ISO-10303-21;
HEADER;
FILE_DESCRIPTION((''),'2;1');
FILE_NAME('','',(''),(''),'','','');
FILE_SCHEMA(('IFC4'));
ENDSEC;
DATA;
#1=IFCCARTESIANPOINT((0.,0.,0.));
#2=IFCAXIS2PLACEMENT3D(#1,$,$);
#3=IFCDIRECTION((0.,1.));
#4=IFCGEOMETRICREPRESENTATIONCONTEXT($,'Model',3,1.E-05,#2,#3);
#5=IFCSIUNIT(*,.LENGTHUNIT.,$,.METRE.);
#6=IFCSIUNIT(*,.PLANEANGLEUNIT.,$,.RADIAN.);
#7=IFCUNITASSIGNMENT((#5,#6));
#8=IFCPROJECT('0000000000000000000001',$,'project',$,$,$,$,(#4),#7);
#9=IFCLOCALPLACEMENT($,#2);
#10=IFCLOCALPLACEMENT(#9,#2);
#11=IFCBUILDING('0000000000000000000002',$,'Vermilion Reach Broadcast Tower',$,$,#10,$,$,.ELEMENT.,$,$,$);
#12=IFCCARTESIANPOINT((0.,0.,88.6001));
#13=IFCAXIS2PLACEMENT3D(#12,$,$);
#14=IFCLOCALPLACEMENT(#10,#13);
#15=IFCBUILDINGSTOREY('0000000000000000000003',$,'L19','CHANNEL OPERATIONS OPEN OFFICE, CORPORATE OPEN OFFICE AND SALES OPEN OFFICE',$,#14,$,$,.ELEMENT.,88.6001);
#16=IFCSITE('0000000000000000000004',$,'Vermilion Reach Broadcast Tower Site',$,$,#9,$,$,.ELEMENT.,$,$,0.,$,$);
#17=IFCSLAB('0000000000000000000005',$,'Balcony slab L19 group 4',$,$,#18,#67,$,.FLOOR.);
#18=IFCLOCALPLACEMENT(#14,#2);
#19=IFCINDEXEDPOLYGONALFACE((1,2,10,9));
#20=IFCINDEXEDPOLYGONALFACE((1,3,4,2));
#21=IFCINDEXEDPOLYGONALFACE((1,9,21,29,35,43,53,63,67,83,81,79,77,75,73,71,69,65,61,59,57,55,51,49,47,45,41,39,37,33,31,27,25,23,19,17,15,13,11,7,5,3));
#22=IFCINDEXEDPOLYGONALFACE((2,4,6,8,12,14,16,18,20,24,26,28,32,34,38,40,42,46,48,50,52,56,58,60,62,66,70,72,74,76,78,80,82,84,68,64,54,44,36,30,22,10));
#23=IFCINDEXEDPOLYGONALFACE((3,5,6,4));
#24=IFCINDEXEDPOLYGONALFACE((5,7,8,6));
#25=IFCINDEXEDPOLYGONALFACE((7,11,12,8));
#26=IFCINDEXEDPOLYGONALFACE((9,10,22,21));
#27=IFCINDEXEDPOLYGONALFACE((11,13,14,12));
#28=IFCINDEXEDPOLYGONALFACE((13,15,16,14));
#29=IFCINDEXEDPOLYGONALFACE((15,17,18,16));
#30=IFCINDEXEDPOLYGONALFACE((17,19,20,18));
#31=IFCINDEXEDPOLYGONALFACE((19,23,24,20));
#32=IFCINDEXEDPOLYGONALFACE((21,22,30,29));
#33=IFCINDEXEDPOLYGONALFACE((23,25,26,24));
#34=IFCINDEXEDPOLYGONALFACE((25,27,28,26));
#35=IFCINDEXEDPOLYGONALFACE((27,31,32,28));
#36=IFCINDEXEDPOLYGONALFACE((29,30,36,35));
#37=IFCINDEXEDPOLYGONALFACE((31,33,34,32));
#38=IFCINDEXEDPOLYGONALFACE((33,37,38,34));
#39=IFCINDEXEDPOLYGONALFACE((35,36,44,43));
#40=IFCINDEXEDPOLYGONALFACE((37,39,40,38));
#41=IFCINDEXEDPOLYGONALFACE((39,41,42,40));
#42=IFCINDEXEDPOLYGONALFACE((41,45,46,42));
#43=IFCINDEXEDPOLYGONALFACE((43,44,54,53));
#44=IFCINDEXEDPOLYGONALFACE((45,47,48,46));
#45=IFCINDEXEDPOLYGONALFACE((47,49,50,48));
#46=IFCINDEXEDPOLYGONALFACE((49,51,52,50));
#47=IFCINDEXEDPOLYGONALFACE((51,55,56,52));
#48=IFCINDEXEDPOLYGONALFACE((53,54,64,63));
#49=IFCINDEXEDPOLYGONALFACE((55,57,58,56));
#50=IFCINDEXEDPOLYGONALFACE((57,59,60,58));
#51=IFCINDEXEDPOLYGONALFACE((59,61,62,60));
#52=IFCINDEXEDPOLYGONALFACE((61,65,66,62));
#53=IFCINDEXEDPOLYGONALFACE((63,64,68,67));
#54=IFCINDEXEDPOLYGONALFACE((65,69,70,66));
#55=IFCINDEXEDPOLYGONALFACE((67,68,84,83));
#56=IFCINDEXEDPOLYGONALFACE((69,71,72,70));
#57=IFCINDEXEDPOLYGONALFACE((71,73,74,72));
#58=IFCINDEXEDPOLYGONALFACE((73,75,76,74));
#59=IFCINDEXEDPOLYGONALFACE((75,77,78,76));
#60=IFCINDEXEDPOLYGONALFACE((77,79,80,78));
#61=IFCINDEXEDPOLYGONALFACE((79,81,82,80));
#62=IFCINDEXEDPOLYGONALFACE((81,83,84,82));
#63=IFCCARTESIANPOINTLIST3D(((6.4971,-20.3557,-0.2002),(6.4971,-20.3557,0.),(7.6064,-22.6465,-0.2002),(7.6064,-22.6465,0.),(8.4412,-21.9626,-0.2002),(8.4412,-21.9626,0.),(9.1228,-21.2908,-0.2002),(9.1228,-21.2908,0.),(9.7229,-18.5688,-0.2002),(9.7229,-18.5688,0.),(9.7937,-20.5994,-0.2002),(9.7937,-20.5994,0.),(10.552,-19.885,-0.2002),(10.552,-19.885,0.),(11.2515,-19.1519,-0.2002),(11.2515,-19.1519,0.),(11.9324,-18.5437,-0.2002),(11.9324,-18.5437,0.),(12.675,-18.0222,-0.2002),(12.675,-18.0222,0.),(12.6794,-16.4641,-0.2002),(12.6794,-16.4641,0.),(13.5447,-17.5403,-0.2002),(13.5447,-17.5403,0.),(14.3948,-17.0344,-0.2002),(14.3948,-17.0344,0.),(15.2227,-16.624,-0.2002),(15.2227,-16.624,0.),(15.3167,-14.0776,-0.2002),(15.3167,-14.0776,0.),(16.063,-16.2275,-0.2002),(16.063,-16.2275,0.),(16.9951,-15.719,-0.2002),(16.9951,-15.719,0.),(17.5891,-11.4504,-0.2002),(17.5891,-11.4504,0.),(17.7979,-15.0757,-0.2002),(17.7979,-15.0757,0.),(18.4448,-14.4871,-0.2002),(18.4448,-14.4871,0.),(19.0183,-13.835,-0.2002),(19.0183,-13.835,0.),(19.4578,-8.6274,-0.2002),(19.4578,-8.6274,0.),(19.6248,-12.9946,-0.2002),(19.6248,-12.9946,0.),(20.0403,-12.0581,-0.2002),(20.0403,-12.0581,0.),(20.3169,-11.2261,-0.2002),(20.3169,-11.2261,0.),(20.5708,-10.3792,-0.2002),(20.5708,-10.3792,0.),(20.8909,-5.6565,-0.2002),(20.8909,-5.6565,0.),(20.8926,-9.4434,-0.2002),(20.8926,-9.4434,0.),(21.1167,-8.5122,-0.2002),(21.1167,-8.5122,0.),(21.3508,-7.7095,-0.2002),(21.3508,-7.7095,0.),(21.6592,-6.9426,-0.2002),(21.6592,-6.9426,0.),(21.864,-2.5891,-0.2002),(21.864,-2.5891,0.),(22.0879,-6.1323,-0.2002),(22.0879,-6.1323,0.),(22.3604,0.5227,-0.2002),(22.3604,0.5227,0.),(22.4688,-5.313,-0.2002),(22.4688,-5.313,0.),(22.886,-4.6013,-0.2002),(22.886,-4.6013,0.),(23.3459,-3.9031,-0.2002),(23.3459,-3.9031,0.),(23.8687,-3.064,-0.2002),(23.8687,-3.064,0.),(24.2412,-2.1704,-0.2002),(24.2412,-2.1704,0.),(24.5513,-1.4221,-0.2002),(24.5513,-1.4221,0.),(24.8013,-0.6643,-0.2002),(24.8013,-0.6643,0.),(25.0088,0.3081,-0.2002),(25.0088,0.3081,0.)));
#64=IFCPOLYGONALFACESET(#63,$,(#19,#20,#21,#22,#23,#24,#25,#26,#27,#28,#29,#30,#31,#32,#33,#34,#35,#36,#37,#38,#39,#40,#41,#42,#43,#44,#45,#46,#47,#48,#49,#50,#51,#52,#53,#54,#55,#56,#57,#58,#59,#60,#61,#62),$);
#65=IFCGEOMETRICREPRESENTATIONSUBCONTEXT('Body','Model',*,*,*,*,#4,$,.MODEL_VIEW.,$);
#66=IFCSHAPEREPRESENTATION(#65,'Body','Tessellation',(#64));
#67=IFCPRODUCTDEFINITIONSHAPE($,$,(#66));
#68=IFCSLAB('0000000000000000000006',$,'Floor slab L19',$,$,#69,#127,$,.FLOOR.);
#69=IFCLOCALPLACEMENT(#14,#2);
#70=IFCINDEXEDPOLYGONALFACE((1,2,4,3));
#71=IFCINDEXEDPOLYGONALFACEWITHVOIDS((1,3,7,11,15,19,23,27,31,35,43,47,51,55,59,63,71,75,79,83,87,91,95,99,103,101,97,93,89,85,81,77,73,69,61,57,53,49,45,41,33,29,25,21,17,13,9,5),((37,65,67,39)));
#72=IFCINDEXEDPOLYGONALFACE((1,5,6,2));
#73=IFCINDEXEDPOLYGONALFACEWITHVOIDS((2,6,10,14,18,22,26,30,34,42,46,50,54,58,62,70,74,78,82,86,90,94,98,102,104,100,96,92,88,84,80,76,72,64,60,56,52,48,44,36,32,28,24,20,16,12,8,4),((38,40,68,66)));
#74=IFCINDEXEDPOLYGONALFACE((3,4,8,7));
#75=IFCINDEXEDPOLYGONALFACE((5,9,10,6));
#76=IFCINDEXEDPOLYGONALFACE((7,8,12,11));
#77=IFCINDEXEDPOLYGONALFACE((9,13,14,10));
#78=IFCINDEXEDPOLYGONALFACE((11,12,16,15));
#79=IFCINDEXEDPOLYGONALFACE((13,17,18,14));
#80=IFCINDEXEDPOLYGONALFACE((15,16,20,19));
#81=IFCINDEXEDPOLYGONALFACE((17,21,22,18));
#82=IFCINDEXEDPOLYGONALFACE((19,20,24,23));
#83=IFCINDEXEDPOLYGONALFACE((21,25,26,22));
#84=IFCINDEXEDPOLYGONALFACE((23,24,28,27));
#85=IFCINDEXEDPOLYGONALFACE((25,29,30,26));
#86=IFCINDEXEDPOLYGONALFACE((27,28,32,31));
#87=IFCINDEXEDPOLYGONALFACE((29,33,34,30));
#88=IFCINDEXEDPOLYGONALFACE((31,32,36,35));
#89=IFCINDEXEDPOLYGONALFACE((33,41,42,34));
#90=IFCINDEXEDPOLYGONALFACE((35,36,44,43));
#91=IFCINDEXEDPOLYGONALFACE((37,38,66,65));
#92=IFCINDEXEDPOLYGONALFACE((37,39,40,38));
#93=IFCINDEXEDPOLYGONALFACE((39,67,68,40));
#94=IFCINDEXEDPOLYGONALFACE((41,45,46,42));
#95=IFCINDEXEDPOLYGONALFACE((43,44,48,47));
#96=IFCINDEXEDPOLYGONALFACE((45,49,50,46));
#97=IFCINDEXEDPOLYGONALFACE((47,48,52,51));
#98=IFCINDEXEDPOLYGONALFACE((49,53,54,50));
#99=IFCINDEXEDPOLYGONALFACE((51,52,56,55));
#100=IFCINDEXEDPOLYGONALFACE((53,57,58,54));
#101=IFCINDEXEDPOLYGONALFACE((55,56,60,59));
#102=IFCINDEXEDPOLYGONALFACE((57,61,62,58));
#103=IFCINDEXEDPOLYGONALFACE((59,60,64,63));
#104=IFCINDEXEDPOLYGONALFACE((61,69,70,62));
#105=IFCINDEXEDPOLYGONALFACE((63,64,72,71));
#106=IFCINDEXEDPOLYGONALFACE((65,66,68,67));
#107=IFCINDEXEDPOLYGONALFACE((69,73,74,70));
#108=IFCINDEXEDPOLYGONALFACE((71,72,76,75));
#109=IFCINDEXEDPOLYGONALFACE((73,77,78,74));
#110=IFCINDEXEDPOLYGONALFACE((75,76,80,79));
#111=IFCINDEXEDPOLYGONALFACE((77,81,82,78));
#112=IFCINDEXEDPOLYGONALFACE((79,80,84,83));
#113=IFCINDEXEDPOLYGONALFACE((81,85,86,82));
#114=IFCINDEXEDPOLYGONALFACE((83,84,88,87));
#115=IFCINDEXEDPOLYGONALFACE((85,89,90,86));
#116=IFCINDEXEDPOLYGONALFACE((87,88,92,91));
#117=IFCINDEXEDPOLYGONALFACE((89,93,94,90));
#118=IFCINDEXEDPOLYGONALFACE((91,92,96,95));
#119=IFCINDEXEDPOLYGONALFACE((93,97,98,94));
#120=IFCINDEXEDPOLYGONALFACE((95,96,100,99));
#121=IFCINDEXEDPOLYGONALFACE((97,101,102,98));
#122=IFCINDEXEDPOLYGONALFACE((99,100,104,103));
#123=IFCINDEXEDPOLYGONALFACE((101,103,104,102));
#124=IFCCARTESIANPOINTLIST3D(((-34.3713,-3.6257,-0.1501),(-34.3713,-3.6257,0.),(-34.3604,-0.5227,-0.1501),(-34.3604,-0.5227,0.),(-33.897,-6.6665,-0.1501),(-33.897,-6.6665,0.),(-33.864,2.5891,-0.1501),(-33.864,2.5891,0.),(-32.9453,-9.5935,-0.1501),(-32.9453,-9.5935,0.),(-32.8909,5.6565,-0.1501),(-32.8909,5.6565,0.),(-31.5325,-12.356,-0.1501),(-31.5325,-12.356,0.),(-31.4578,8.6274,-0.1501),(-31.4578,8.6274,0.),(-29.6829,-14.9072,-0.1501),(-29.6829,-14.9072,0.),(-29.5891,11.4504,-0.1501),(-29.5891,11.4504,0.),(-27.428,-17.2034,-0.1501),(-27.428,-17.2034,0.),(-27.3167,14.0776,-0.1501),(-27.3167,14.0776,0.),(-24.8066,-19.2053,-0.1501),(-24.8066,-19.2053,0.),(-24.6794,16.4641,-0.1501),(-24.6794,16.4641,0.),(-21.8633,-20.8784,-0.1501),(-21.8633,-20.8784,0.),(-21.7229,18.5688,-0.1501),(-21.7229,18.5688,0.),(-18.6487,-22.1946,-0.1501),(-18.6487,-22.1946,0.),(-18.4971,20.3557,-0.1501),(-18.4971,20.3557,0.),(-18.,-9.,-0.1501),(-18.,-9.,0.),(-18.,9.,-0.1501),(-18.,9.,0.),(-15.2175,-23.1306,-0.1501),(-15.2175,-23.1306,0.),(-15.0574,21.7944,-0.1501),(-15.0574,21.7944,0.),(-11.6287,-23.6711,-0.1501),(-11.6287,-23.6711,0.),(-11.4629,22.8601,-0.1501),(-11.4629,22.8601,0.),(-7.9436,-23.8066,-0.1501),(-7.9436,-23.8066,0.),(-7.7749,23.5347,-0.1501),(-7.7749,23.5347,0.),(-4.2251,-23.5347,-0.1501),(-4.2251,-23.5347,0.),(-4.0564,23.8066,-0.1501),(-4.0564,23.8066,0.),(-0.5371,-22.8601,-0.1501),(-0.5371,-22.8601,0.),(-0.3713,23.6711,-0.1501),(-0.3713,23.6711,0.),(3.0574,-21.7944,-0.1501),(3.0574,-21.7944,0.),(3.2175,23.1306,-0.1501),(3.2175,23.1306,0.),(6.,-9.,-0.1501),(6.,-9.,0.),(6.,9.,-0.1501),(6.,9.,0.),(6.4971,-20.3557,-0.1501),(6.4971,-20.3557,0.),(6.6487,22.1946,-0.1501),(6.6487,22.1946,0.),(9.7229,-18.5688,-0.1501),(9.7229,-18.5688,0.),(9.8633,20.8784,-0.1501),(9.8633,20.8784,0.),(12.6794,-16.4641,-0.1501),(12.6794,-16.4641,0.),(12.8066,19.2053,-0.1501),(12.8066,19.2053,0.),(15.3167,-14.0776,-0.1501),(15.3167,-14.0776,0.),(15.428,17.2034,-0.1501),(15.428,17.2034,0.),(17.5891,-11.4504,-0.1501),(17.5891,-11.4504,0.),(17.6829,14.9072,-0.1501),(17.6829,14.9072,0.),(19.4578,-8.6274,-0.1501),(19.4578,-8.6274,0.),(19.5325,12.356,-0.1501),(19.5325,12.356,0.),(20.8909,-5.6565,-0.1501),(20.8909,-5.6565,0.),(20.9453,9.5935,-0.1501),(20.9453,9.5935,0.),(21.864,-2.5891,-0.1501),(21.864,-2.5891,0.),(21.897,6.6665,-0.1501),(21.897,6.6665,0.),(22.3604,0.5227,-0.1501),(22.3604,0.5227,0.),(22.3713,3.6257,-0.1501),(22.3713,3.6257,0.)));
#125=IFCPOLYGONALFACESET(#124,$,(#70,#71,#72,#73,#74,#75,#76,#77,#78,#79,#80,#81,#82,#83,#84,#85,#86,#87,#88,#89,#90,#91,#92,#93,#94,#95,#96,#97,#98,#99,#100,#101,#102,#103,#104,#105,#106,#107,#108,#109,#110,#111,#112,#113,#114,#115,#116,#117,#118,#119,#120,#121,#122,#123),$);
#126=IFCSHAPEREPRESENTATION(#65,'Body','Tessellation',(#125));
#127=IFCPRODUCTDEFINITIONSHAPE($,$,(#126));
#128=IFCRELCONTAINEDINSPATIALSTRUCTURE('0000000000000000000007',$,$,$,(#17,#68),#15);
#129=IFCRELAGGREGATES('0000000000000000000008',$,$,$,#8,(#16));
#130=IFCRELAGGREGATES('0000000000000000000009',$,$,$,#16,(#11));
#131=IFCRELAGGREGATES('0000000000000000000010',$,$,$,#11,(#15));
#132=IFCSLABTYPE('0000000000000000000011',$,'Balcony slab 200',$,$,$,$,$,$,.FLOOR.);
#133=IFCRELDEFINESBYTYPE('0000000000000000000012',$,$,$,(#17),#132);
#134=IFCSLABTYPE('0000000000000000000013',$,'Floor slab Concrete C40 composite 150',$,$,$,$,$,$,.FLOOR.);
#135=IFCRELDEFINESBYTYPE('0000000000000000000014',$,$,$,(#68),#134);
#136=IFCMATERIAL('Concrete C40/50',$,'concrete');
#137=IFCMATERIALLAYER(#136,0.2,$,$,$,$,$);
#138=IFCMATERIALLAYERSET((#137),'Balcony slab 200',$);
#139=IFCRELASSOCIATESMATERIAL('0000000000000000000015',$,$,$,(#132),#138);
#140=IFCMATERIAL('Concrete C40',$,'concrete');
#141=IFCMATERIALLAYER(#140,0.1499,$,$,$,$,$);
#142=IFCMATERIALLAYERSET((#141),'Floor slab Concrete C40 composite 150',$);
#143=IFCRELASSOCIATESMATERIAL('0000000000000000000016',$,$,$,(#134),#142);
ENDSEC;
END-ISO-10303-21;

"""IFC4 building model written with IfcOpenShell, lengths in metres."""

from ifc_helpers import new_model, si_unit, direction, frame, origin, place, context, subcontext, project, spatial, polyline, outline, extrude, material, layer, layer_set, type_object, element, save


model = new_model("IFC4")

# Units and contexts
model_context = context("Model", 3, precision=1e-05, world=origin(), true_north=direction((0.0, 1.0)))
body_context = subcontext(model_context, "Body", "Model", "MODEL_VIEW")
ifc_project = project(units=[si_unit("LENGTHUNIT", "METRE"), si_unit("PLANEANGLEUNIT", "RADIAN")], contexts=[model_context])

# Site, building, storey
site_placement = place(None, origin())
site = spatial("IfcSite", under=ifc_project, at=site_placement, Name="Vermilion Reach Broadcast Tower Site", CompositionType="ELEMENT", RefElevation=0.0)
building_placement = place(site_placement, origin())
building = spatial("IfcBuilding", under=site, at=building_placement, Name="Vermilion Reach Broadcast Tower", CompositionType="ELEMENT")
storey_placement = place(building_placement, frame((0.0, 0.0, 88.6001)))
storey = spatial("IfcBuildingStorey", under=building, at=storey_placement, Name="L19", Description="CHANNEL OPERATIONS OPEN OFFICE, CORPORATE OPEN OFFICE AND SALES OPEN OFFICE", CompositionType="ELEMENT", Elevation=88.6001)

# Slabs
ifc_material_1 = material(Name="Concrete C40/50", Category="concrete")
ifc_layer_1 = layer(ifc_material_1, 0.2)
ifc_layer_set_1 = layer_set([ifc_layer_1], Name="Balcony slab 200")
slab_type_1 = type_object("IfcSlabType", Name="Balcony slab 200", PredefinedType="FLOOR", material=ifc_layer_set_1)
placement_1 = place(storey_placement, frame((0.0, 0.0, -0.2002)))
element("IfcSlab", 1, at=placement_1, inside=storey, type_object=slab_type_1, Name="Balcony slab L19 group 4", PredefinedType="FLOOR", context=body_context, shape_type="SweptSolid", body=[
    extrude(outline(polyline([(6.4971, -20.3557), (9.7229, -18.5688), (12.6794, -16.4641), (15.3167, -14.0776), (17.5891, -11.4504), (19.4578, -8.6274), (20.8909, -5.6565), (21.864, -2.5891), (22.3604, 0.5227), (25.0088, 0.3081), (24.8013, -0.6643), (24.5513, -1.4221), (24.2412, -2.1704), (23.8687, -3.064), (23.3459, -3.9031), (22.886, -4.6013), (22.4688, -5.313), (22.0879, -6.1323), (21.6592, -6.9426), (21.3508, -7.7095), (21.1167, -8.5122), (20.8926, -9.4434), (20.5708, -10.3792), (20.3169, -11.2261), (20.0403, -12.0581), (19.6248, -12.9946), (19.0183, -13.835), (18.4448, -14.4871), (17.7979, -15.0757), (16.9951, -15.719), (16.063, -16.2275), (15.2227, -16.624), (14.3948, -17.0344), (13.5447, -17.5403), (12.675, -18.0222), (11.9324, -18.5437), (11.2515, -19.1519), (10.552, -19.885), (9.7937, -20.5994), (9.1228, -21.2908), (8.4412, -21.9626), (7.6064, -22.6465), (6.4971, -20.3557)])), origin(), (0.0, 0.0, 1.0), 0.2002),
])
ifc_material_2 = material(Name="Concrete C40", Category="concrete")
ifc_layer_2 = layer(ifc_material_2, 0.1499)
ifc_layer_set_2 = layer_set([ifc_layer_2], Name="Floor slab Concrete C40 composite 150")
slab_type_2 = type_object("IfcSlabType", Name="Floor slab Concrete C40 composite 150", PredefinedType="FLOOR", material=ifc_layer_set_2)
slab_1_placement = place(storey_placement, frame((0.0, 0.0, -0.1501)))
element("IfcSlab", 2, at=slab_1_placement, inside=storey, type_object=slab_type_2, Name="Floor slab L19", PredefinedType="FLOOR", context=body_context, shape_type="SweptSolid", body=[
    extrude(outline(polyline([(21.897, 6.6665), (20.9453, 9.5935), (19.5325, 12.356), (17.6829, 14.9072), (15.428, 17.2034), (12.8066, 19.2053), (9.8633, 20.8784), (6.6487, 22.1946), (3.2175, 23.1306), (-0.3713, 23.6711), (-4.0564, 23.8066), (-7.7749, 23.5347), (-11.4629, 22.8601), (-15.0574, 21.7944), (-18.4971, 20.3557), (-21.7229, 18.5688), (-24.6794, 16.4641), (-27.3167, 14.0776), (-29.5891, 11.4504), (-31.4578, 8.6274), (-32.8909, 5.6565), (-33.864, 2.5891), (-34.3604, -0.5227), (-34.3713, -3.6257), (-33.897, -6.6665), (-32.9453, -9.5935), (-31.5325, -12.356), (-29.6829, -14.9072), (-27.428, -17.2034), (-24.8066, -19.2053), (-21.8633, -20.8784), (-18.6487, -22.1946), (-15.2175, -23.1306), (-11.6287, -23.6711), (-7.9436, -23.8066), (-4.2251, -23.5347), (-0.5371, -22.8601), (3.0574, -21.7944), (6.4971, -20.3557), (9.7229, -18.5688), (12.6794, -16.4641), (15.3167, -14.0776), (17.5891, -11.4504), (19.4578, -8.6274), (20.8909, -5.6565), (21.864, -2.5891), (22.3604, 0.5227), (22.3713, 3.6257), (21.897, 6.6665)]), holes=[polyline([(-18.0, -9.0), (6.0, -9.0), (6.0, 9.0), (-18.0, 9.0), (-18.0, -9.0)])]), origin(), (0.0, 0.0, 1.0), 0.1501),
])

save(model, "model.ifc")
